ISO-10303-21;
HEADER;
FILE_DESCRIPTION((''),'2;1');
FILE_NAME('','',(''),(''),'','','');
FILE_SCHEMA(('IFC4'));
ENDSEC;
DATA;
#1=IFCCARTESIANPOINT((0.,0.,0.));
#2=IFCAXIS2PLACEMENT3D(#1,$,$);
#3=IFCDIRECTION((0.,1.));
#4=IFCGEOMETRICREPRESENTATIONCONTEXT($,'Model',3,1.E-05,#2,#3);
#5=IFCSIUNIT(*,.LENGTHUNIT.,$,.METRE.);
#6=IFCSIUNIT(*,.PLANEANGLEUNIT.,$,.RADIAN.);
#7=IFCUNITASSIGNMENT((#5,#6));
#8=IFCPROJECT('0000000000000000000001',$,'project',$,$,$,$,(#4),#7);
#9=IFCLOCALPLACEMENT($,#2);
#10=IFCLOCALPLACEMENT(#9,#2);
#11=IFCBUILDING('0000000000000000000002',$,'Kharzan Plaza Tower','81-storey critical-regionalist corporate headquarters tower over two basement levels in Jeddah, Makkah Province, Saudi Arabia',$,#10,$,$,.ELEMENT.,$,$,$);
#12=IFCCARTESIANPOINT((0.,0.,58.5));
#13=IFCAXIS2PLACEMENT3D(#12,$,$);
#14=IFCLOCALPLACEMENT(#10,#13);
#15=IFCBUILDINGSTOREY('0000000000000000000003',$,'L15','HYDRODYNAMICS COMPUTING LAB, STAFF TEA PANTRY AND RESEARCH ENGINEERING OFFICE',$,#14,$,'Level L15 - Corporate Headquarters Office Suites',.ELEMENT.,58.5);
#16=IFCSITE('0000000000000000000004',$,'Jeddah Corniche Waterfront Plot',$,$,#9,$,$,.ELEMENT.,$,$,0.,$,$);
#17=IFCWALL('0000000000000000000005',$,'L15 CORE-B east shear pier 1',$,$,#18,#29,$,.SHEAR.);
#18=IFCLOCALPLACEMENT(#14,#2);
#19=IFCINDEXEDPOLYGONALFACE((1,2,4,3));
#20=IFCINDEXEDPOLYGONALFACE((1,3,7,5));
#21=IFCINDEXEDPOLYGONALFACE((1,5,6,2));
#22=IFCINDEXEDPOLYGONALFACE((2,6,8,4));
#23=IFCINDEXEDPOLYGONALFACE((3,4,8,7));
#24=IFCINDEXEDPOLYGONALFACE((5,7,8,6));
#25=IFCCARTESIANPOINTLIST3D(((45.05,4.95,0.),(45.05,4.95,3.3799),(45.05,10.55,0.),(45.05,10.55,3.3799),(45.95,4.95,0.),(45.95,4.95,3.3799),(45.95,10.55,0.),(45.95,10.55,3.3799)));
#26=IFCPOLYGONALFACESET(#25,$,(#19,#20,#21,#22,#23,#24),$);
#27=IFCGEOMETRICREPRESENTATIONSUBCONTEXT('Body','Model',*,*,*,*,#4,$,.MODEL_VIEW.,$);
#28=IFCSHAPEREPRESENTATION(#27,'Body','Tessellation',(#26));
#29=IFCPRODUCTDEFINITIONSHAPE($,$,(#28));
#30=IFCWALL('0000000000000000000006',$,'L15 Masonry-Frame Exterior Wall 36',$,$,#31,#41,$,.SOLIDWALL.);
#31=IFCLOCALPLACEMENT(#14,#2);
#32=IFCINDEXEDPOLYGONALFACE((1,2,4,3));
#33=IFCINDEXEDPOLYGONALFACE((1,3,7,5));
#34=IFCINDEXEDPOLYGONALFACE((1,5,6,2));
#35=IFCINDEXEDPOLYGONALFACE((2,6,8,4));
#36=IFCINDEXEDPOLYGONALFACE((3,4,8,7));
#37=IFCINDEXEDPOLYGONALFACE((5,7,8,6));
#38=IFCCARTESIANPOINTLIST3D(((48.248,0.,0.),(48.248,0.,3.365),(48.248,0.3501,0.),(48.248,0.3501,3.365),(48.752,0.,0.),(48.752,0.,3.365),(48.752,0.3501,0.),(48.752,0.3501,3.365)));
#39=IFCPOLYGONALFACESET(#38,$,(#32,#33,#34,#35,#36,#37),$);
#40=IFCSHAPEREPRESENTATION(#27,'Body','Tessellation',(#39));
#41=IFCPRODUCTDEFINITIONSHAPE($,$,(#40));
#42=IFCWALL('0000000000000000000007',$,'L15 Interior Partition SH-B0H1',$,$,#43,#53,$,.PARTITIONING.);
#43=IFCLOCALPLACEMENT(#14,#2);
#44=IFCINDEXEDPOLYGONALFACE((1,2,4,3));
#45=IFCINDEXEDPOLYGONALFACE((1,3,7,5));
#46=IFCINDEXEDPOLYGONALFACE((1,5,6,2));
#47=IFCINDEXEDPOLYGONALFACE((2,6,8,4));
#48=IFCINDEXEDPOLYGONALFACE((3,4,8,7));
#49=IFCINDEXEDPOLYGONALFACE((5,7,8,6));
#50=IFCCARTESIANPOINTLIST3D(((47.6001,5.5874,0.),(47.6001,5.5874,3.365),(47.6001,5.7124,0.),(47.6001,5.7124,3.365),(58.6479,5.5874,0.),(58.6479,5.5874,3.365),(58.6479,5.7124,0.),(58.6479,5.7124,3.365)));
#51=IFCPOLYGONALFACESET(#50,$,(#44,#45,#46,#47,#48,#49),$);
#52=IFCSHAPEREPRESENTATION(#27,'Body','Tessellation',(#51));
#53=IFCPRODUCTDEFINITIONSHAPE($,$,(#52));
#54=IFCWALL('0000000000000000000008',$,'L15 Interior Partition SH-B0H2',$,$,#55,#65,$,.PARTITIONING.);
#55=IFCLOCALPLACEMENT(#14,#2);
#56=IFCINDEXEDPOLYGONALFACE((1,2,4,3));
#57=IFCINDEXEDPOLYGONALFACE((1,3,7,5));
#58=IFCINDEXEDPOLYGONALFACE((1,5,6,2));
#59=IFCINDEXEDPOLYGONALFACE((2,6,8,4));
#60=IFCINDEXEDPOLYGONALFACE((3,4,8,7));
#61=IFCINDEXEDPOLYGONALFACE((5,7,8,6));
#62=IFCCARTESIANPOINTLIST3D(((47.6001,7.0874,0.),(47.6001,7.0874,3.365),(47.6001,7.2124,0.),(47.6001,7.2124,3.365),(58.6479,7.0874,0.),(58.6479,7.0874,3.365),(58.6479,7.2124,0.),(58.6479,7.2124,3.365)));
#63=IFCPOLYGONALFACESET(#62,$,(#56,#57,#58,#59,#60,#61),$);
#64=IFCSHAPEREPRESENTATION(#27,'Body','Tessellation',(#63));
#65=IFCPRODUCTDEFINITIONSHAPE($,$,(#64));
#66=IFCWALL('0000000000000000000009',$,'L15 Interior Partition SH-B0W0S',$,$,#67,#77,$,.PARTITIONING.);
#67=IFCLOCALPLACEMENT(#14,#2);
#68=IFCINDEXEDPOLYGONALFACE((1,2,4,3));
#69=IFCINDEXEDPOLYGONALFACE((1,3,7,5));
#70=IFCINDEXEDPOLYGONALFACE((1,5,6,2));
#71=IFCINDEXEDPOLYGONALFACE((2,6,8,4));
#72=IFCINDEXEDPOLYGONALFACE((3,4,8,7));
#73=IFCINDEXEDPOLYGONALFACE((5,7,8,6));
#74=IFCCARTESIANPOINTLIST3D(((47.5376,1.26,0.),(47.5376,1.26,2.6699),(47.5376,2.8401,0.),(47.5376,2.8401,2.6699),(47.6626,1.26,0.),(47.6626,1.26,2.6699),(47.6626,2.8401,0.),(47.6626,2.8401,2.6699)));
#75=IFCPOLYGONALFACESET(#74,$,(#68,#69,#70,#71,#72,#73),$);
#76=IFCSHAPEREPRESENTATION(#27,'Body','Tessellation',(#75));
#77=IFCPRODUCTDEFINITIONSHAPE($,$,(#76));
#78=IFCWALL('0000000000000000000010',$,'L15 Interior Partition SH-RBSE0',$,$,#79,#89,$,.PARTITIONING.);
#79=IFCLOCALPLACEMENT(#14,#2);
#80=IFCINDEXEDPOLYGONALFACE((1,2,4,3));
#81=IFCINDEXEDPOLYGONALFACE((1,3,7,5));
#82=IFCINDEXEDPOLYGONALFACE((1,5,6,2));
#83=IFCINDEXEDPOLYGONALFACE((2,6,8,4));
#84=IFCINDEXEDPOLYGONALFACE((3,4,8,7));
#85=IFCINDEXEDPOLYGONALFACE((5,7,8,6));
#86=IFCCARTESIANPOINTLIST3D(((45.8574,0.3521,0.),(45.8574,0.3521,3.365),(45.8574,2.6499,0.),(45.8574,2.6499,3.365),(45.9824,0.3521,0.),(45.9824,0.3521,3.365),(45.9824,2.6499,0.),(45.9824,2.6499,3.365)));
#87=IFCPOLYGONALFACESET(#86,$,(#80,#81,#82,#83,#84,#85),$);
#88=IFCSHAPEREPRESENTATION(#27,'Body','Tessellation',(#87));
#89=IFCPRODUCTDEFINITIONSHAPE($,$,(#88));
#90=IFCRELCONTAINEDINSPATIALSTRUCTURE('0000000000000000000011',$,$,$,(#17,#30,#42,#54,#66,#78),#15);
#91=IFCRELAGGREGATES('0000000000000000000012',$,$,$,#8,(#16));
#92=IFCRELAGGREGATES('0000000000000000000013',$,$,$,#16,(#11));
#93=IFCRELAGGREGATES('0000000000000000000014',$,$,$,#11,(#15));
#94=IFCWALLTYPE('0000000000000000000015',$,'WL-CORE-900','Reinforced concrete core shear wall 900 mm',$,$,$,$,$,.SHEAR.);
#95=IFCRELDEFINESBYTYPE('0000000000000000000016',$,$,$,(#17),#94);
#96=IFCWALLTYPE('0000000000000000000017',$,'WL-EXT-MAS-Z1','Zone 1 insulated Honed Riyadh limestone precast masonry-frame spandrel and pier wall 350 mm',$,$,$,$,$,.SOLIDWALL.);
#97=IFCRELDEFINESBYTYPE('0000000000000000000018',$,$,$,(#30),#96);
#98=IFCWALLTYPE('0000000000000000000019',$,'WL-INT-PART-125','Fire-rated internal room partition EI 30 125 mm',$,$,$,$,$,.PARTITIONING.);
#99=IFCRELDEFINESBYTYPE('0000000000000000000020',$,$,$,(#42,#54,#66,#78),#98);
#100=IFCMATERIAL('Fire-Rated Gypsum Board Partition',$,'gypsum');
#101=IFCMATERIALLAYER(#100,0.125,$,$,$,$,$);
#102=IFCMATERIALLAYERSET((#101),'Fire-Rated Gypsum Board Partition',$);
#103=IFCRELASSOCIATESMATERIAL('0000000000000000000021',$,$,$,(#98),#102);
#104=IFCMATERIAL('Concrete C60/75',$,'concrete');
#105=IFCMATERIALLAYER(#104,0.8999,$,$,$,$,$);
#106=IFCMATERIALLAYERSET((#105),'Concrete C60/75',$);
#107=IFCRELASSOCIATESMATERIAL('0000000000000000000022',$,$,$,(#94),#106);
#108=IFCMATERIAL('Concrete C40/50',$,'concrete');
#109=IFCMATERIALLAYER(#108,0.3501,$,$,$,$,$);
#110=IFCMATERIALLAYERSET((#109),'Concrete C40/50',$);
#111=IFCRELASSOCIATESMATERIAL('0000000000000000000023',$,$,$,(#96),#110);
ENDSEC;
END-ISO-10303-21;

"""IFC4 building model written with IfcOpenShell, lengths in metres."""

from ifc_helpers import new_model, si_unit, direction, frame, frame_2d, origin, place, context, subcontext, project, spatial, rectangle, extrude, source, transform, mapped, material, layer, layer_set, type_object, element, save


model = new_model("IFC4")

# Units and contexts
model_context = context("Model", 3, precision=1e-05, world=origin(), true_north=direction((0.0, 1.0)))
body_context = subcontext(model_context, "Body", "Model", "MODEL_VIEW")
ifc_project = project(units=[si_unit("LENGTHUNIT", "METRE"), si_unit("PLANEANGLEUNIT", "RADIAN")], contexts=[model_context])

# Site, building, storey
site_placement = place(None, origin())
site = spatial("IfcSite", under=ifc_project, at=site_placement, Name="Jeddah Corniche Waterfront Plot", CompositionType="ELEMENT", RefElevation=0.0)
building_placement = place(site_placement, origin())
building = spatial("IfcBuilding", under=site, at=building_placement, Name="Kharzan Plaza Tower", Description="81-storey critical-regionalist corporate headquarters tower over two basement levels in Jeddah, Makkah Province, Saudi Arabia", CompositionType="ELEMENT")
storey_placement = place(building_placement, frame((0.0, 0.0, 58.5)))
storey = spatial("IfcBuildingStorey", under=building, at=storey_placement, Name="L15", Description="HYDRODYNAMICS COMPUTING LAB, STAFF TEA PANTRY AND RESEARCH ENGINEERING OFFICE", LongName="Level L15 - Corporate Headquarters Office Suites", CompositionType="ELEMENT", Elevation=58.5)

# Shared definitions
ifc_material_1 = material(Name="Concrete C60/75", Category="concrete")

# Shared definitions
ifc_material_2 = material(Name="Fire-Rated Gypsum Board Partition", Category="gypsum")
ifc_layer_1 = layer(ifc_material_2, 0.125)
ifc_layer_set_1 = layer_set([ifc_layer_1], Name="Fire-Rated Gypsum Board Partition")
wall_type_1 = type_object("IfcWallType", Name="WL-INT-PART-125", Description="Fire-rated internal room partition EI 30 125 mm", PredefinedType="PARTITIONING", material=ifc_layer_set_1)

# Walls
ifc_layer_2 = layer(ifc_material_1, 0.8999)
ifc_layer_set_2 = layer_set([ifc_layer_2], Name="Concrete C60/75")
wall_type_2 = type_object("IfcWallType", Name="WL-CORE-900", Description="Reinforced concrete core shear wall 900 mm", PredefinedType="SHEAR", material=ifc_layer_set_2)
shared_shape_1 = source(origin(), body_context, "Body", "SweptSolid", [
    extrude(rectangle(XDim=5.6001, YDim=0.8999, at=frame_2d((2.8, 0.0))), origin(), (0.0, 0.0, 1.0), 3.3799),
])
wall_1_placement = place(storey_placement, frame((45.5, 4.95, 0.0), z_axis=(0.0, 0.0, 1.0), x_axis=(0.0, 1.0, 0.0)))
element("IfcWall", 1, at=wall_1_placement, inside=storey, type_object=wall_type_2, Name="L15 CORE-B east shear pier 1", PredefinedType="SHEAR", context=body_context, shape_type="MappedRepresentation", body=[
    mapped(shared_shape_1, transform((0.0, 0.0, 0.0), x_axis=(1.0, 0.0, 0.0), y_axis=(0.0, 1.0, 0.0), z_axis=(0.0, 0.0, 1.0))),
])
ifc_material_3 = material(Name="Concrete C40/50", Category="concrete")
ifc_layer_3 = layer(ifc_material_3, 0.3501)
ifc_layer_set_3 = layer_set([ifc_layer_3], Name="Concrete C40/50")
wall_type_3 = type_object("IfcWallType", Name="WL-EXT-MAS-Z1", Description="Zone 1 insulated Honed Riyadh limestone precast masonry-frame spandrel and pier wall 350 mm", PredefinedType="SOLIDWALL", material=ifc_layer_set_3)
shared_shape_2 = source(origin(), body_context, "Body", "SweptSolid", [
    extrude(rectangle(XDim=0.5039, YDim=0.3501, at=frame_2d((0.252, 0.0))), origin(), (0.0, 0.0, 1.0), 3.365),
])
wall_2_placement = place(storey_placement, frame((48.248, 0.175, 0.0), z_axis=(0.0, 0.0, 1.0), x_axis=(1.0, 0.0, 0.0)))
element("IfcWall", 2, at=wall_2_placement, inside=storey, type_object=wall_type_3, Name="L15 Masonry-Frame Exterior Wall 36", PredefinedType="SOLIDWALL", context=body_context, shape_type="MappedRepresentation", body=[
    mapped(shared_shape_2, transform((0.0, 0.0, 0.0), x_axis=(1.0, 0.0, 0.0), y_axis=(0.0, 1.0, 0.0), z_axis=(0.0, 0.0, 1.0))),
])
shared_shape_3 = source(origin(), body_context, "Body", "SweptSolid", [
    extrude(rectangle(XDim=11.0479, YDim=0.125, at=frame_2d((5.5239, 0.0))), origin(), (0.0, 0.0, 1.0), 3.365),
])
for number, where, z_axis, x_axis, name in (
    (3, (47.6001, 5.6499, 0.0), (0.0, 0.0, 1.0), (1.0, 0.0, 0.0), "L15 Interior Partition SH-B0H1"),
    (4, (47.6001, 7.1499, 0.0), (0.0, 0.0, 1.0), (1.0, 0.0, 0.0), "L15 Interior Partition SH-B0H2"),
):
    element("IfcWall", number, at=place(storey_placement, frame(where, z_axis=z_axis, x_axis=x_axis)), inside=storey, type_object=wall_type_1, Name=name, PredefinedType="PARTITIONING", context=body_context, shape_type="MappedRepresentation", body=[
        mapped(shared_shape_3, transform((0.0, 0.0, 0.0), x_axis=(1.0, 0.0, 0.0), y_axis=(0.0, 1.0, 0.0), z_axis=(0.0, 0.0, 1.0))),
    ])
shared_shape_4 = source(origin(), body_context, "Body", "SweptSolid", [
    extrude(rectangle(XDim=1.5801, YDim=0.125, at=frame_2d((0.79, 0.0))), origin(), (0.0, 0.0, 1.0), 2.6699),
])
wall_3_placement = place(storey_placement, frame((47.6001, 1.26, 0.0), z_axis=(0.0, 0.0, 1.0), x_axis=(0.0, 1.0, 0.0)))
element("IfcWall", 5, at=wall_3_placement, inside=storey, type_object=wall_type_1, Name="L15 Interior Partition SH-B0W0S", PredefinedType="PARTITIONING", context=body_context, shape_type="MappedRepresentation", body=[
    mapped(shared_shape_4, transform((0.0, 0.0, 0.0), x_axis=(1.0, 0.0, 0.0), y_axis=(0.0, 1.0, 0.0), z_axis=(0.0, 0.0, 1.0))),
])
shared_shape_5 = source(origin(), body_context, "Body", "SweptSolid", [
    extrude(rectangle(XDim=2.2979, YDim=0.125, at=frame_2d((1.1489, 0.0))), origin(), (0.0, 0.0, 1.0), 3.365),
])
wall_4_placement = place(storey_placement, frame((45.9199, 0.3521, 0.0), z_axis=(0.0, 0.0, 1.0), x_axis=(0.0, 1.0, 0.0)))
element("IfcWall", 6, at=wall_4_placement, inside=storey, type_object=wall_type_1, Name="L15 Interior Partition SH-RBSE0", PredefinedType="PARTITIONING", context=body_context, shape_type="MappedRepresentation", body=[
    mapped(shared_shape_5, transform((0.0, 0.0, 0.0), x_axis=(1.0, 0.0, 0.0), y_axis=(0.0, 1.0, 0.0), z_axis=(0.0, 0.0, 1.0))),
])

save(model, "model.ifc")
